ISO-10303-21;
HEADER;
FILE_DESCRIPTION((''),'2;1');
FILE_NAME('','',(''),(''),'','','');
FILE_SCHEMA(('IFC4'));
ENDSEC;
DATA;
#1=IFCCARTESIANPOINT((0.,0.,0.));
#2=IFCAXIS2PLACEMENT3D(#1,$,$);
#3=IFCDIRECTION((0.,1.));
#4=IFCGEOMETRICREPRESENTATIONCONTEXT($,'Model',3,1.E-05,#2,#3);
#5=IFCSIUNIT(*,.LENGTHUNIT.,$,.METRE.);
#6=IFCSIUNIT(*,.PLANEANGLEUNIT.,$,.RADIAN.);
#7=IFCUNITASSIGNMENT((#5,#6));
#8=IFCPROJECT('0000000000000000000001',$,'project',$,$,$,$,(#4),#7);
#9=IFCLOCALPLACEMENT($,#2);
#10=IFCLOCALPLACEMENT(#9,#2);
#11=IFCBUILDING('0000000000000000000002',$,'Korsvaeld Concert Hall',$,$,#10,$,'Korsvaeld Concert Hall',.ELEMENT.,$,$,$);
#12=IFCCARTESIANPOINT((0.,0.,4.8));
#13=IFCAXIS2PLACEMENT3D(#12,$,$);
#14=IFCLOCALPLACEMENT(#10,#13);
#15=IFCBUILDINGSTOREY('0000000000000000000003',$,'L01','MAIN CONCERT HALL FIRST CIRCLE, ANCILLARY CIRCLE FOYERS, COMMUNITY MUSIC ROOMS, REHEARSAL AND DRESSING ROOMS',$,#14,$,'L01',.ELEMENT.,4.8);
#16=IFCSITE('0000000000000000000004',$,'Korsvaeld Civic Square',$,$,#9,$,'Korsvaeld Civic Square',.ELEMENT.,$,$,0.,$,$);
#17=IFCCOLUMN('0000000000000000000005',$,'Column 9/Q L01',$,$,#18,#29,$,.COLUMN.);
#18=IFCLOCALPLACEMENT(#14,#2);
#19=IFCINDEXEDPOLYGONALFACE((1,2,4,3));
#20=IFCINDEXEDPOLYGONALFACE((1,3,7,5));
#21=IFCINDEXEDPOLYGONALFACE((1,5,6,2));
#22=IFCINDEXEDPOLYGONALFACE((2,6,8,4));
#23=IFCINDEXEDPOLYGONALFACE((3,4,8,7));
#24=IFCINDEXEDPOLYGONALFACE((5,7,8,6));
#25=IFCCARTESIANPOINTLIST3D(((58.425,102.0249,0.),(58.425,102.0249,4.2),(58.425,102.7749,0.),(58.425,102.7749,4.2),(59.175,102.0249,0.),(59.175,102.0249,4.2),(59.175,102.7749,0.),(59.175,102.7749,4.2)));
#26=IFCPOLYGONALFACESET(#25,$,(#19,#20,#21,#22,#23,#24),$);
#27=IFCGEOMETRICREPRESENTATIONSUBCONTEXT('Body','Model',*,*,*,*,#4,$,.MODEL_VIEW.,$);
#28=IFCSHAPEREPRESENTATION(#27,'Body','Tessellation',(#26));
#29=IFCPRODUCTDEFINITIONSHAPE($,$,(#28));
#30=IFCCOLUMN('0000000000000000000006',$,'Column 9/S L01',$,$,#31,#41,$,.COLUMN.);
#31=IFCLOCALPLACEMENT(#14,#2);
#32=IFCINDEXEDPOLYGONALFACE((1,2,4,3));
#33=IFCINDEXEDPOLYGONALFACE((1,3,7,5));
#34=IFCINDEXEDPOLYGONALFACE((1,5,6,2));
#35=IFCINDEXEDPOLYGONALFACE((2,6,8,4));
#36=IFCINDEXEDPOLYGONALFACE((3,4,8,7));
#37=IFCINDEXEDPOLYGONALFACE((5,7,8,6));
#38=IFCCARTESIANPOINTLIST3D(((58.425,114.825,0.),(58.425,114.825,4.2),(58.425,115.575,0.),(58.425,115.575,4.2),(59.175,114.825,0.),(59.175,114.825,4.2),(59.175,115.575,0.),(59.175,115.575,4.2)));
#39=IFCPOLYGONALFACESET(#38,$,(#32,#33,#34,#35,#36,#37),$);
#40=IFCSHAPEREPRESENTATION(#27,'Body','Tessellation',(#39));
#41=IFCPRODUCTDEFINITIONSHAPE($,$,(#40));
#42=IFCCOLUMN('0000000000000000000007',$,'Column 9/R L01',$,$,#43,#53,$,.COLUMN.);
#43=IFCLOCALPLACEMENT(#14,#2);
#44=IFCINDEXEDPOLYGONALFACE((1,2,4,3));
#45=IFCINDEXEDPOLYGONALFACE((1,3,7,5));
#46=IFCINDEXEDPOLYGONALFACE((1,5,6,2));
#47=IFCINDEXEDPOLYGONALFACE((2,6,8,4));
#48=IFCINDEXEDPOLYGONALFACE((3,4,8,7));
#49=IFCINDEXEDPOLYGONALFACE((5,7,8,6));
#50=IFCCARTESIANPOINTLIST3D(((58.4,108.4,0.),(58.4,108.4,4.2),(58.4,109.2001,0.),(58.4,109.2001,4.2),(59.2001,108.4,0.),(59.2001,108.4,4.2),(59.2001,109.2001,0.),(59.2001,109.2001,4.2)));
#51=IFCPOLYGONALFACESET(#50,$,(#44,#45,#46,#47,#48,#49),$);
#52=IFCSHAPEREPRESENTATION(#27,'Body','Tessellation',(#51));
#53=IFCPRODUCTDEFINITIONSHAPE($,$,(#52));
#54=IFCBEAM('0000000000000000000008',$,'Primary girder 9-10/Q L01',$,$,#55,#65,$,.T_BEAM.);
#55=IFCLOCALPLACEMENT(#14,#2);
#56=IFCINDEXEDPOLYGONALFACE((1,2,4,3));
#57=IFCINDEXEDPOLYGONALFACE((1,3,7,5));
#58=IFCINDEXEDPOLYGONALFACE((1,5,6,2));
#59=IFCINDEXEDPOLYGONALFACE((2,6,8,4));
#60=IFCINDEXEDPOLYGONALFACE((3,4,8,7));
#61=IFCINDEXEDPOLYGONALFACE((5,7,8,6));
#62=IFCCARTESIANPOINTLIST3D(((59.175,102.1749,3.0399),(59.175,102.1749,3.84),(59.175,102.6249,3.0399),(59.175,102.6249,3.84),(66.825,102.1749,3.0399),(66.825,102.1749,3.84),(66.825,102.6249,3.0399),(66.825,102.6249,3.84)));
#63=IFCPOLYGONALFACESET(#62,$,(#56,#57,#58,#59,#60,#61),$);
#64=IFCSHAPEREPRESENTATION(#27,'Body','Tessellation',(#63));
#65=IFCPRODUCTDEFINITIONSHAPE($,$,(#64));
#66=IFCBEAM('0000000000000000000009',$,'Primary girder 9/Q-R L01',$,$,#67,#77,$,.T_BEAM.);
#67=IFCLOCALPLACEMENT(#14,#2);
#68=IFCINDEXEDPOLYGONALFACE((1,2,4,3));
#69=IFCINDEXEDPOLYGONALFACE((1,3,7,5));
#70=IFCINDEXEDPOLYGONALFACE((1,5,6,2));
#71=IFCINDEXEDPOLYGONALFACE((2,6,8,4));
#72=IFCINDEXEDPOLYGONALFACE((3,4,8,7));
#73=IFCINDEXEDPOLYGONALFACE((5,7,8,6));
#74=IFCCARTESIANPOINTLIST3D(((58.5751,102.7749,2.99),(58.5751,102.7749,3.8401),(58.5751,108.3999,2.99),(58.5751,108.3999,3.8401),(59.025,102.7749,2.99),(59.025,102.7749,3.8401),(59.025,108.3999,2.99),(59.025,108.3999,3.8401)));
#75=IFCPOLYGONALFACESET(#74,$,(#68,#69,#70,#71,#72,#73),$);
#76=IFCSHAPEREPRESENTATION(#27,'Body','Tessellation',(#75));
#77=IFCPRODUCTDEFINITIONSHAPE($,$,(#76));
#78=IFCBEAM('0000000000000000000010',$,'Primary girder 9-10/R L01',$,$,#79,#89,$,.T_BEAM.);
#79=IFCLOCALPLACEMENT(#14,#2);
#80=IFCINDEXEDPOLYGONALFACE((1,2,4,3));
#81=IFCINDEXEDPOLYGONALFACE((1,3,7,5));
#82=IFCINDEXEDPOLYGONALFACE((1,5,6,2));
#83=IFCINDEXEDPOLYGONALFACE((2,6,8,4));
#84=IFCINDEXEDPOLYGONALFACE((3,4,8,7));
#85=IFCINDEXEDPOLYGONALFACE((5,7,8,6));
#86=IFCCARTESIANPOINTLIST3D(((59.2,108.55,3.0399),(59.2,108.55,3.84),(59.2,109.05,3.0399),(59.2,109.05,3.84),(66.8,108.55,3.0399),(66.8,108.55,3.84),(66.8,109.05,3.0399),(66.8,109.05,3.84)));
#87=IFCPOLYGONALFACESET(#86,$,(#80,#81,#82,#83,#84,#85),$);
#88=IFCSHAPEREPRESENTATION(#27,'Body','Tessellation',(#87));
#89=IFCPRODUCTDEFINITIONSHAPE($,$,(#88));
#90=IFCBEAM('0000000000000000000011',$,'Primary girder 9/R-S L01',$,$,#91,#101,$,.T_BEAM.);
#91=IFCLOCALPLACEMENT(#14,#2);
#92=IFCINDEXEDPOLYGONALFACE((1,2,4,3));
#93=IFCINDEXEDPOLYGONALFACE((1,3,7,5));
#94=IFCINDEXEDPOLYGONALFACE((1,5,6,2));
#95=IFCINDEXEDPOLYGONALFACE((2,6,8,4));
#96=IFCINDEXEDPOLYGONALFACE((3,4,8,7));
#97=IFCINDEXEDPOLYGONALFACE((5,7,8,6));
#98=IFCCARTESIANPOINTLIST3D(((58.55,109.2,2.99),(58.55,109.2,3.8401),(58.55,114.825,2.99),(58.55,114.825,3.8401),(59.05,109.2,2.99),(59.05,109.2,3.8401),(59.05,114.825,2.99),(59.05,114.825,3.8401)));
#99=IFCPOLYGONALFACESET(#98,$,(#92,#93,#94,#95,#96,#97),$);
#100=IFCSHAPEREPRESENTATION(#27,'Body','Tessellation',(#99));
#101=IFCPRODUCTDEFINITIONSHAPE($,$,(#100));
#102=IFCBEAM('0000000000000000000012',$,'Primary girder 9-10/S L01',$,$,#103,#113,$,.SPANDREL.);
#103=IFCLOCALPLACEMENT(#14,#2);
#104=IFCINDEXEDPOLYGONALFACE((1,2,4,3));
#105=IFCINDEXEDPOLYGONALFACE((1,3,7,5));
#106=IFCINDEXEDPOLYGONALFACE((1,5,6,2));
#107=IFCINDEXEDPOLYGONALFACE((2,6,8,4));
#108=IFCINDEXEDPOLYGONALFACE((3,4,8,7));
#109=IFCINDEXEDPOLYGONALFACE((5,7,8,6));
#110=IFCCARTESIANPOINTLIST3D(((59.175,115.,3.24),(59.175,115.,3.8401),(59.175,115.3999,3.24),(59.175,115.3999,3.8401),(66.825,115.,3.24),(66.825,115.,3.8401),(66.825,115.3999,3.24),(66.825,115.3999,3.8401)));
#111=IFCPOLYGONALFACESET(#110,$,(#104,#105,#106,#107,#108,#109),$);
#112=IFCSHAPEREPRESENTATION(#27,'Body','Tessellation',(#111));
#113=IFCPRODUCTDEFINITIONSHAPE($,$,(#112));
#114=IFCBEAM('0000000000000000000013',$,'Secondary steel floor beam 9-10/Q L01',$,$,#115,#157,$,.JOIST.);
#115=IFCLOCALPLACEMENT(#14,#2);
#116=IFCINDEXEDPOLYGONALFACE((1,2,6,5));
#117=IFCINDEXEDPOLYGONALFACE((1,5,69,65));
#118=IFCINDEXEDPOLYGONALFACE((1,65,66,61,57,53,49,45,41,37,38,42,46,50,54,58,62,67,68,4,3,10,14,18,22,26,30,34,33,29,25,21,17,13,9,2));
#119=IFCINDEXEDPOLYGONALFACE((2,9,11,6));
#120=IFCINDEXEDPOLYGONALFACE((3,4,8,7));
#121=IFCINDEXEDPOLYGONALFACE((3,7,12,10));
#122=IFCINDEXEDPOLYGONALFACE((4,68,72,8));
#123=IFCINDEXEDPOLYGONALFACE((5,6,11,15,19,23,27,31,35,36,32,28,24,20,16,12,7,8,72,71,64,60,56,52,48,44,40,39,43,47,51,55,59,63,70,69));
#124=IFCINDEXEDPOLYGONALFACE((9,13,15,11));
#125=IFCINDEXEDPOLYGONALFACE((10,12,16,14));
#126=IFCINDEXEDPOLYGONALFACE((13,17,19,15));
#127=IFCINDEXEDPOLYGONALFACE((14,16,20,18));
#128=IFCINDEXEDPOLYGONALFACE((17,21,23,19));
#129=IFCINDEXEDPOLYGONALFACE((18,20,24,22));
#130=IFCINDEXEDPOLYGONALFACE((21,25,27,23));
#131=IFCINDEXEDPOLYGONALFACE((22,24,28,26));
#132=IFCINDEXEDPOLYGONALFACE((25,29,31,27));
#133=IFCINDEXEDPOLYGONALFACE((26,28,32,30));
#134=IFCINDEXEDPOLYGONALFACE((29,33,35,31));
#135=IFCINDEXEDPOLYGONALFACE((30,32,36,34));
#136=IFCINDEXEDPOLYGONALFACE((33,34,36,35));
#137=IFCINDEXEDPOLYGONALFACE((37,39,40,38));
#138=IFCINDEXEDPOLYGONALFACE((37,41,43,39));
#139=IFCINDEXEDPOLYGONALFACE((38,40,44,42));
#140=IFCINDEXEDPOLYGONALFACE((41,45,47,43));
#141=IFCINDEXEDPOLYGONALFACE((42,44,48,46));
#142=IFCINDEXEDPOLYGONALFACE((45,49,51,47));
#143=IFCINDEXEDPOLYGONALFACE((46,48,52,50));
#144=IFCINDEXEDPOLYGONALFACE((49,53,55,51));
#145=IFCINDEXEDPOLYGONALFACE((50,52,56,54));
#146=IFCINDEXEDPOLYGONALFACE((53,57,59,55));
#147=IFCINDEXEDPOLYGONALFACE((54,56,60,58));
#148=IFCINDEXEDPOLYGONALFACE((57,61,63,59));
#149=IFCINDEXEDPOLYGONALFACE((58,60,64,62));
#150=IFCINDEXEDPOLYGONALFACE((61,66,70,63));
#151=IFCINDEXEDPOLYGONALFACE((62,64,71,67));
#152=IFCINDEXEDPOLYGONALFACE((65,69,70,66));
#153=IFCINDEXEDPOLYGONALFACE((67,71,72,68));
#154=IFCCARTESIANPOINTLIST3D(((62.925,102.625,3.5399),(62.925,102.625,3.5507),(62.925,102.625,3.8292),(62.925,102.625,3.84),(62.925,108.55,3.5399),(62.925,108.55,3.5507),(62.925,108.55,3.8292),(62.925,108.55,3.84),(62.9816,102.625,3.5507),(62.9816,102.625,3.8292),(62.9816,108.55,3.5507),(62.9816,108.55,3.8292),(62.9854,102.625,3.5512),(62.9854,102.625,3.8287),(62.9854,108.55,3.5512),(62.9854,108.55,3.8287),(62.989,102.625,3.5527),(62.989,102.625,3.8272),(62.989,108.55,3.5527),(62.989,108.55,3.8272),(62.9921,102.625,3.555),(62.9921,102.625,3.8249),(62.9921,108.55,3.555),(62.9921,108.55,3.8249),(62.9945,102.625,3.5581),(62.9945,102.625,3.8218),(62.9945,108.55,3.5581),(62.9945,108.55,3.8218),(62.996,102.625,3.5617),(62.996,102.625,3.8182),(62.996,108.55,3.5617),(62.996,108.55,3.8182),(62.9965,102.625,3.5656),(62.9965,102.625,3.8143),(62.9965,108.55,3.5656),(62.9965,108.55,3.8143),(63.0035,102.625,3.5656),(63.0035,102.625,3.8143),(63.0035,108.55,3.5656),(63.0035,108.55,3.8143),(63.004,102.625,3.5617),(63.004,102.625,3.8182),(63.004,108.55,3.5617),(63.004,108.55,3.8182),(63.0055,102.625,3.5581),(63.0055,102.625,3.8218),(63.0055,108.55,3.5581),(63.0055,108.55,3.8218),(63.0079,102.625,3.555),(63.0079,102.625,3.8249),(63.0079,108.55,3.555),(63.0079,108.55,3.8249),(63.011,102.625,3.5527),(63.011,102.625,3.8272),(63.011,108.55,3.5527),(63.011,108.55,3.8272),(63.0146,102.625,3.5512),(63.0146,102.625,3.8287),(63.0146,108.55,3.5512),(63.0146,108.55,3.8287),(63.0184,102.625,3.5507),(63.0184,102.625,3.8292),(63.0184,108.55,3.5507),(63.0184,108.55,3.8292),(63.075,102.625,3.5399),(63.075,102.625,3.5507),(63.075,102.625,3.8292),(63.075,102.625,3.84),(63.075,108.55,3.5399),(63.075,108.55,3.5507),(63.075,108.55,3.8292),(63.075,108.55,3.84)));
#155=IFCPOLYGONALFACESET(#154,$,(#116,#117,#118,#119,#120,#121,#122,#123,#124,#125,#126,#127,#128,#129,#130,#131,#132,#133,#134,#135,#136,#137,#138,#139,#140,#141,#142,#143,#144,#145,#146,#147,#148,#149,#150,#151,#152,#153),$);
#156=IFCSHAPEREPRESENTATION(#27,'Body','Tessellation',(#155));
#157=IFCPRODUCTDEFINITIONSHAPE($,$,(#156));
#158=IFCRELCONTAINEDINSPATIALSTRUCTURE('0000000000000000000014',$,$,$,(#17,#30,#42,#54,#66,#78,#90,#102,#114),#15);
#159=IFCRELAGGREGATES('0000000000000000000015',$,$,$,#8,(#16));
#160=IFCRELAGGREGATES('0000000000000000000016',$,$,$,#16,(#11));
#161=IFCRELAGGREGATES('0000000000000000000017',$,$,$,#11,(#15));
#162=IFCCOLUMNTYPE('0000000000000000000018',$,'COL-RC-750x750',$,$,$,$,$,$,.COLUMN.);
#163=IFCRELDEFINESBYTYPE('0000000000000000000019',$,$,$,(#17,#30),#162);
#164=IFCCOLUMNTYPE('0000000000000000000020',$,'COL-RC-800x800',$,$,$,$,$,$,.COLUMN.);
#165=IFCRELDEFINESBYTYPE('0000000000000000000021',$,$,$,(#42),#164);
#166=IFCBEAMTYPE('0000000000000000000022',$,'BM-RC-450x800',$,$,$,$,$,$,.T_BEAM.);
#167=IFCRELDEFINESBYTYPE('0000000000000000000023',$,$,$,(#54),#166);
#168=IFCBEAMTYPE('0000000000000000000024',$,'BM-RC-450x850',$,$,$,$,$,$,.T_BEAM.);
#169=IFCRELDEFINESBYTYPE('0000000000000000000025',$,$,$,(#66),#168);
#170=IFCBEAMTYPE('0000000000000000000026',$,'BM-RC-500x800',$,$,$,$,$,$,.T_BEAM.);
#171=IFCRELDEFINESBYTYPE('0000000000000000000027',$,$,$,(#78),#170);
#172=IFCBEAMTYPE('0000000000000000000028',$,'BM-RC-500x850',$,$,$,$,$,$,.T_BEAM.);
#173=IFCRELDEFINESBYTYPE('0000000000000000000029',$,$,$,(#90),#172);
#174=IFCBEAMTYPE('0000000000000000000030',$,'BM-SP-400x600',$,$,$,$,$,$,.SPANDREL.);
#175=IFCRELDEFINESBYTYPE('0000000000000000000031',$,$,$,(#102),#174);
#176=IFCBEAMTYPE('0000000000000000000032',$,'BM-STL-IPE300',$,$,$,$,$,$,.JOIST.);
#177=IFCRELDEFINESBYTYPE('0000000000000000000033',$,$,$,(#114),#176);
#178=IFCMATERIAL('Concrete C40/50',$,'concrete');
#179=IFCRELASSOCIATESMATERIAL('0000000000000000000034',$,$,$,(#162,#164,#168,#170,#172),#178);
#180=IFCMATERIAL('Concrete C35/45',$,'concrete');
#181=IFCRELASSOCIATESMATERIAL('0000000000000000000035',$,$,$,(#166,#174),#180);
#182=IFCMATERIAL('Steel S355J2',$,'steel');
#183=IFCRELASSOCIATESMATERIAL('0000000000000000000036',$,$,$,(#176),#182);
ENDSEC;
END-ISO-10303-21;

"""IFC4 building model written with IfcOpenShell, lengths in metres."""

from ifc_helpers import new_model, si_unit, direction, frame, origin, origin_2d, place, context, subcontext, project, spatial, rectangle, i_section, extrude, material, material_profile, profile_set, type_object, element, save


model = new_model("IFC4")

# Units and contexts
model_context = context("Model", 3, precision=1e-05, world=origin(), true_north=direction((0.0, 1.0)))
body_context = subcontext(model_context, "Body", "Model", "MODEL_VIEW")
ifc_project = project(units=[si_unit("LENGTHUNIT", "METRE"), si_unit("PLANEANGLEUNIT", "RADIAN")], contexts=[model_context])

# Site, building, storey
site_placement = place(None, origin())
site = spatial("IfcSite", under=ifc_project, at=site_placement, Name="Korsvaeld Civic Square", LongName="Korsvaeld Civic Square", CompositionType="ELEMENT", RefElevation=0.0)
building_placement = place(site_placement, origin())
building = spatial("IfcBuilding", under=site, at=building_placement, Name="Korsvaeld Concert Hall", LongName="Korsvaeld Concert Hall", CompositionType="ELEMENT")
storey_placement = place(building_placement, frame((0.0, 0.0, 4.8)))
storey = spatial("IfcBuildingStorey", under=building, at=storey_placement, Name="L01", Description="MAIN CONCERT HALL FIRST CIRCLE, ANCILLARY CIRCLE FOYERS, COMMUNITY MUSIC ROOMS, REHEARSAL AND DRESSING ROOMS", LongName="L01", CompositionType="ELEMENT", Elevation=4.8)

# Columns
ifc_material_1 = material(Name="Concrete C40/50", Category="concrete")
ifc_material_profile_1 = material_profile(ifc_material_1, rectangle(XDim=0.75, YDim=0.75, at=origin_2d()), Name="RC 750x750")
ifc_profile_set_1 = profile_set([ifc_material_profile_1], Name="Concrete C40/50")
column_type_1 = type_object("IfcColumnType", Name="COL-RC-750x750", PredefinedType="COLUMN", material=ifc_profile_set_1)
for number, where, z_axis, x_axis, name in (
    (1, (58.8, 102.3999, 0.0), (0.0, 0.0, 1.0), (1.0, 0.0, 0.0), "Column 9/Q L01"),
    (2, (58.8, 115.2, 0.0), (0.0, 0.0, 1.0), (1.0, 0.0, 0.0), "Column 9/S L01"),
):
    element("IfcColumn", number, at=place(storey_placement, frame(where, z_axis=z_axis, x_axis=x_axis)), inside=storey, type_object=column_type_1, Name=name, PredefinedType="COLUMN", context=body_context, shape_type="SweptSolid", body=[
        extrude(rectangle(XDim=0.75, YDim=0.75, at=origin_2d()), origin(), (0.0, 0.0, 1.0), 4.2),
    ])
ifc_material_profile_2 = material_profile(ifc_material_1, rectangle(XDim=0.8, YDim=0.8, at=origin_2d()), Name="RC 800x800")
ifc_profile_set_2 = profile_set([ifc_material_profile_2], Name="Concrete C40/50")
column_type_2 = type_object("IfcColumnType", Name="COL-RC-800x800", PredefinedType="COLUMN", material=ifc_profile_set_2)
column_placement = place(storey_placement, frame((58.8, 108.8, 0.0), z_axis=(0.0, 0.0, 1.0), x_axis=(1.0, 0.0, 0.0)))
element("IfcColumn", 3, at=column_placement, inside=storey, type_object=column_type_2, Name="Column 9/R L01", PredefinedType="COLUMN", context=body_context, shape_type="SweptSolid", body=[
    extrude(rectangle(XDim=0.8, YDim=0.8, at=origin_2d()), origin(), (0.0, 0.0, 1.0), 4.2),
])

# Beams
ifc_material_2 = material(Name="Concrete C35/45", Category="concrete")
ifc_material_profile_3 = material_profile(ifc_material_2, rectangle(XDim=0.45, YDim=0.8, at=origin_2d()), Name="RC 450x800")
ifc_profile_set_3 = profile_set([ifc_material_profile_3], Name="Concrete C35/45")
beam_type_1 = type_object("IfcBeamType", Name="BM-RC-450x800", PredefinedType="T_BEAM", material=ifc_profile_set_3)
beam_1_placement = place(storey_placement, frame((59.175, 102.3999, 3.4399), z_axis=(1.0, 0.0, 0.0), x_axis=(0.0, 1.0, 0.0)))
element("IfcBeam", 4, at=beam_1_placement, inside=storey, type_object=beam_type_1, Name="Primary girder 9-10/Q L01", PredefinedType="T_BEAM", context=body_context, shape_type="SweptSolid", body=[
    extrude(rectangle(XDim=0.45, YDim=0.8, at=origin_2d()), origin(), (0.0, 0.0, 1.0), 7.6499),
])
ifc_material_profile_4 = material_profile(ifc_material_1, rectangle(XDim=0.45, YDim=0.8501, at=origin_2d()), Name="RC 450x850")
ifc_profile_set_4 = profile_set([ifc_material_profile_4], Name="Concrete C40/50")
beam_type_2 = type_object("IfcBeamType", Name="BM-RC-450x850", PredefinedType="T_BEAM", material=ifc_profile_set_4)
beam_2_placement = place(storey_placement, frame((58.8, 102.7749, 3.415), z_axis=(0.0, 1.0, 0.0), x_axis=(-1.0, 0.0, 0.0)))
element("IfcBeam", 5, at=beam_2_placement, inside=storey, type_object=beam_type_2, Name="Primary girder 9/Q-R L01", PredefinedType="T_BEAM", context=body_context, shape_type="SweptSolid", body=[
    extrude(rectangle(XDim=0.45, YDim=0.8501, at=origin_2d()), origin(), (0.0, 0.0, 1.0), 5.625),
])
ifc_material_profile_5 = material_profile(ifc_material_1, rectangle(XDim=0.5, YDim=0.8, at=origin_2d()), Name="RC 500x800")
ifc_profile_set_5 = profile_set([ifc_material_profile_5], Name="Concrete C40/50")
beam_type_3 = type_object("IfcBeamType", Name="BM-RC-500x800", PredefinedType="T_BEAM", material=ifc_profile_set_5)
beam_3_placement = place(storey_placement, frame((59.2, 108.8, 3.4399), z_axis=(1.0, 0.0, 0.0), x_axis=(0.0, 1.0, 0.0)))
element("IfcBeam", 6, at=beam_3_placement, inside=storey, type_object=beam_type_3, Name="Primary girder 9-10/R L01", PredefinedType="T_BEAM", context=body_context, shape_type="SweptSolid", body=[
    extrude(rectangle(XDim=0.5, YDim=0.8, at=origin_2d()), origin(), (0.0, 0.0, 1.0), 7.6001),
])
ifc_material_profile_6 = material_profile(ifc_material_1, rectangle(XDim=0.5, YDim=0.8501, at=origin_2d()), Name="RC 500x850")
ifc_profile_set_6 = profile_set([ifc_material_profile_6], Name="Concrete C40/50")
beam_type_4 = type_object("IfcBeamType", Name="BM-RC-500x850", PredefinedType="T_BEAM", material=ifc_profile_set_6)
beam_4_placement = place(storey_placement, frame((58.8, 109.2, 3.415), z_axis=(0.0, 1.0, 0.0), x_axis=(-1.0, 0.0, 0.0)))
element("IfcBeam", 7, at=beam_4_placement, inside=storey, type_object=beam_type_4, Name="Primary girder 9/R-S L01", PredefinedType="T_BEAM", context=body_context, shape_type="SweptSolid", body=[
    extrude(rectangle(XDim=0.5, YDim=0.8501, at=origin_2d()), origin(), (0.0, 0.0, 1.0), 5.625),
])
ifc_material_profile_7 = material_profile(ifc_material_2, rectangle(XDim=0.3999, YDim=0.6001, at=origin_2d()), Name="RC 400x600")
ifc_profile_set_7 = profile_set([ifc_material_profile_7], Name="Concrete C35/45")
beam_type_5 = type_object("IfcBeamType", Name="BM-SP-400x600", PredefinedType="SPANDREL", material=ifc_profile_set_7)
beam_5_placement = place(storey_placement, frame((59.175, 115.2, 3.54), z_axis=(1.0, 0.0, 0.0), x_axis=(0.0, 1.0, 0.0)))
element("IfcBeam", 8, at=beam_5_placement, inside=storey, type_object=beam_type_5, Name="Primary girder 9-10/S L01", PredefinedType="SPANDREL", context=body_context, shape_type="SweptSolid", body=[
    extrude(rectangle(XDim=0.3999, YDim=0.6001, at=origin_2d()), origin(), (0.0, 0.0, 1.0), 7.6499),
])
ifc_material_3 = material(Name="Steel S355J2", Category="steel")
ifc_material_profile_8 = material_profile(ifc_material_3, i_section(OverallWidth=0.1499, OverallDepth=0.3, WebThickness=0.0071, FlangeThickness=0.0107, FilletRadius=0.0149, at=origin_2d()), Name="IPE 300")
ifc_profile_set_8 = profile_set([ifc_material_profile_8], Name="Steel S355J2")
beam_type_6 = type_object("IfcBeamType", Name="BM-STL-IPE300", PredefinedType="JOIST", material=ifc_profile_set_8)
beam_6_placement = place(storey_placement, frame((63.0, 102.625, 3.6899), z_axis=(0.0, 1.0, 0.0), x_axis=(-1.0, 0.0, 0.0)))
element("IfcBeam", 9, at=beam_6_placement, inside=storey, type_object=beam_type_6, Name="Secondary steel floor beam 9-10/Q L01", PredefinedType="JOIST", context=body_context, shape_type="SweptSolid", body=[
    extrude(i_section(OverallWidth=0.1499, OverallDepth=0.3, WebThickness=0.0071, FlangeThickness=0.0107, FilletRadius=0.0149, at=origin_2d()), origin(), (0.0, 0.0, 1.0), 5.925),
])

save(model, "model.ifc")
